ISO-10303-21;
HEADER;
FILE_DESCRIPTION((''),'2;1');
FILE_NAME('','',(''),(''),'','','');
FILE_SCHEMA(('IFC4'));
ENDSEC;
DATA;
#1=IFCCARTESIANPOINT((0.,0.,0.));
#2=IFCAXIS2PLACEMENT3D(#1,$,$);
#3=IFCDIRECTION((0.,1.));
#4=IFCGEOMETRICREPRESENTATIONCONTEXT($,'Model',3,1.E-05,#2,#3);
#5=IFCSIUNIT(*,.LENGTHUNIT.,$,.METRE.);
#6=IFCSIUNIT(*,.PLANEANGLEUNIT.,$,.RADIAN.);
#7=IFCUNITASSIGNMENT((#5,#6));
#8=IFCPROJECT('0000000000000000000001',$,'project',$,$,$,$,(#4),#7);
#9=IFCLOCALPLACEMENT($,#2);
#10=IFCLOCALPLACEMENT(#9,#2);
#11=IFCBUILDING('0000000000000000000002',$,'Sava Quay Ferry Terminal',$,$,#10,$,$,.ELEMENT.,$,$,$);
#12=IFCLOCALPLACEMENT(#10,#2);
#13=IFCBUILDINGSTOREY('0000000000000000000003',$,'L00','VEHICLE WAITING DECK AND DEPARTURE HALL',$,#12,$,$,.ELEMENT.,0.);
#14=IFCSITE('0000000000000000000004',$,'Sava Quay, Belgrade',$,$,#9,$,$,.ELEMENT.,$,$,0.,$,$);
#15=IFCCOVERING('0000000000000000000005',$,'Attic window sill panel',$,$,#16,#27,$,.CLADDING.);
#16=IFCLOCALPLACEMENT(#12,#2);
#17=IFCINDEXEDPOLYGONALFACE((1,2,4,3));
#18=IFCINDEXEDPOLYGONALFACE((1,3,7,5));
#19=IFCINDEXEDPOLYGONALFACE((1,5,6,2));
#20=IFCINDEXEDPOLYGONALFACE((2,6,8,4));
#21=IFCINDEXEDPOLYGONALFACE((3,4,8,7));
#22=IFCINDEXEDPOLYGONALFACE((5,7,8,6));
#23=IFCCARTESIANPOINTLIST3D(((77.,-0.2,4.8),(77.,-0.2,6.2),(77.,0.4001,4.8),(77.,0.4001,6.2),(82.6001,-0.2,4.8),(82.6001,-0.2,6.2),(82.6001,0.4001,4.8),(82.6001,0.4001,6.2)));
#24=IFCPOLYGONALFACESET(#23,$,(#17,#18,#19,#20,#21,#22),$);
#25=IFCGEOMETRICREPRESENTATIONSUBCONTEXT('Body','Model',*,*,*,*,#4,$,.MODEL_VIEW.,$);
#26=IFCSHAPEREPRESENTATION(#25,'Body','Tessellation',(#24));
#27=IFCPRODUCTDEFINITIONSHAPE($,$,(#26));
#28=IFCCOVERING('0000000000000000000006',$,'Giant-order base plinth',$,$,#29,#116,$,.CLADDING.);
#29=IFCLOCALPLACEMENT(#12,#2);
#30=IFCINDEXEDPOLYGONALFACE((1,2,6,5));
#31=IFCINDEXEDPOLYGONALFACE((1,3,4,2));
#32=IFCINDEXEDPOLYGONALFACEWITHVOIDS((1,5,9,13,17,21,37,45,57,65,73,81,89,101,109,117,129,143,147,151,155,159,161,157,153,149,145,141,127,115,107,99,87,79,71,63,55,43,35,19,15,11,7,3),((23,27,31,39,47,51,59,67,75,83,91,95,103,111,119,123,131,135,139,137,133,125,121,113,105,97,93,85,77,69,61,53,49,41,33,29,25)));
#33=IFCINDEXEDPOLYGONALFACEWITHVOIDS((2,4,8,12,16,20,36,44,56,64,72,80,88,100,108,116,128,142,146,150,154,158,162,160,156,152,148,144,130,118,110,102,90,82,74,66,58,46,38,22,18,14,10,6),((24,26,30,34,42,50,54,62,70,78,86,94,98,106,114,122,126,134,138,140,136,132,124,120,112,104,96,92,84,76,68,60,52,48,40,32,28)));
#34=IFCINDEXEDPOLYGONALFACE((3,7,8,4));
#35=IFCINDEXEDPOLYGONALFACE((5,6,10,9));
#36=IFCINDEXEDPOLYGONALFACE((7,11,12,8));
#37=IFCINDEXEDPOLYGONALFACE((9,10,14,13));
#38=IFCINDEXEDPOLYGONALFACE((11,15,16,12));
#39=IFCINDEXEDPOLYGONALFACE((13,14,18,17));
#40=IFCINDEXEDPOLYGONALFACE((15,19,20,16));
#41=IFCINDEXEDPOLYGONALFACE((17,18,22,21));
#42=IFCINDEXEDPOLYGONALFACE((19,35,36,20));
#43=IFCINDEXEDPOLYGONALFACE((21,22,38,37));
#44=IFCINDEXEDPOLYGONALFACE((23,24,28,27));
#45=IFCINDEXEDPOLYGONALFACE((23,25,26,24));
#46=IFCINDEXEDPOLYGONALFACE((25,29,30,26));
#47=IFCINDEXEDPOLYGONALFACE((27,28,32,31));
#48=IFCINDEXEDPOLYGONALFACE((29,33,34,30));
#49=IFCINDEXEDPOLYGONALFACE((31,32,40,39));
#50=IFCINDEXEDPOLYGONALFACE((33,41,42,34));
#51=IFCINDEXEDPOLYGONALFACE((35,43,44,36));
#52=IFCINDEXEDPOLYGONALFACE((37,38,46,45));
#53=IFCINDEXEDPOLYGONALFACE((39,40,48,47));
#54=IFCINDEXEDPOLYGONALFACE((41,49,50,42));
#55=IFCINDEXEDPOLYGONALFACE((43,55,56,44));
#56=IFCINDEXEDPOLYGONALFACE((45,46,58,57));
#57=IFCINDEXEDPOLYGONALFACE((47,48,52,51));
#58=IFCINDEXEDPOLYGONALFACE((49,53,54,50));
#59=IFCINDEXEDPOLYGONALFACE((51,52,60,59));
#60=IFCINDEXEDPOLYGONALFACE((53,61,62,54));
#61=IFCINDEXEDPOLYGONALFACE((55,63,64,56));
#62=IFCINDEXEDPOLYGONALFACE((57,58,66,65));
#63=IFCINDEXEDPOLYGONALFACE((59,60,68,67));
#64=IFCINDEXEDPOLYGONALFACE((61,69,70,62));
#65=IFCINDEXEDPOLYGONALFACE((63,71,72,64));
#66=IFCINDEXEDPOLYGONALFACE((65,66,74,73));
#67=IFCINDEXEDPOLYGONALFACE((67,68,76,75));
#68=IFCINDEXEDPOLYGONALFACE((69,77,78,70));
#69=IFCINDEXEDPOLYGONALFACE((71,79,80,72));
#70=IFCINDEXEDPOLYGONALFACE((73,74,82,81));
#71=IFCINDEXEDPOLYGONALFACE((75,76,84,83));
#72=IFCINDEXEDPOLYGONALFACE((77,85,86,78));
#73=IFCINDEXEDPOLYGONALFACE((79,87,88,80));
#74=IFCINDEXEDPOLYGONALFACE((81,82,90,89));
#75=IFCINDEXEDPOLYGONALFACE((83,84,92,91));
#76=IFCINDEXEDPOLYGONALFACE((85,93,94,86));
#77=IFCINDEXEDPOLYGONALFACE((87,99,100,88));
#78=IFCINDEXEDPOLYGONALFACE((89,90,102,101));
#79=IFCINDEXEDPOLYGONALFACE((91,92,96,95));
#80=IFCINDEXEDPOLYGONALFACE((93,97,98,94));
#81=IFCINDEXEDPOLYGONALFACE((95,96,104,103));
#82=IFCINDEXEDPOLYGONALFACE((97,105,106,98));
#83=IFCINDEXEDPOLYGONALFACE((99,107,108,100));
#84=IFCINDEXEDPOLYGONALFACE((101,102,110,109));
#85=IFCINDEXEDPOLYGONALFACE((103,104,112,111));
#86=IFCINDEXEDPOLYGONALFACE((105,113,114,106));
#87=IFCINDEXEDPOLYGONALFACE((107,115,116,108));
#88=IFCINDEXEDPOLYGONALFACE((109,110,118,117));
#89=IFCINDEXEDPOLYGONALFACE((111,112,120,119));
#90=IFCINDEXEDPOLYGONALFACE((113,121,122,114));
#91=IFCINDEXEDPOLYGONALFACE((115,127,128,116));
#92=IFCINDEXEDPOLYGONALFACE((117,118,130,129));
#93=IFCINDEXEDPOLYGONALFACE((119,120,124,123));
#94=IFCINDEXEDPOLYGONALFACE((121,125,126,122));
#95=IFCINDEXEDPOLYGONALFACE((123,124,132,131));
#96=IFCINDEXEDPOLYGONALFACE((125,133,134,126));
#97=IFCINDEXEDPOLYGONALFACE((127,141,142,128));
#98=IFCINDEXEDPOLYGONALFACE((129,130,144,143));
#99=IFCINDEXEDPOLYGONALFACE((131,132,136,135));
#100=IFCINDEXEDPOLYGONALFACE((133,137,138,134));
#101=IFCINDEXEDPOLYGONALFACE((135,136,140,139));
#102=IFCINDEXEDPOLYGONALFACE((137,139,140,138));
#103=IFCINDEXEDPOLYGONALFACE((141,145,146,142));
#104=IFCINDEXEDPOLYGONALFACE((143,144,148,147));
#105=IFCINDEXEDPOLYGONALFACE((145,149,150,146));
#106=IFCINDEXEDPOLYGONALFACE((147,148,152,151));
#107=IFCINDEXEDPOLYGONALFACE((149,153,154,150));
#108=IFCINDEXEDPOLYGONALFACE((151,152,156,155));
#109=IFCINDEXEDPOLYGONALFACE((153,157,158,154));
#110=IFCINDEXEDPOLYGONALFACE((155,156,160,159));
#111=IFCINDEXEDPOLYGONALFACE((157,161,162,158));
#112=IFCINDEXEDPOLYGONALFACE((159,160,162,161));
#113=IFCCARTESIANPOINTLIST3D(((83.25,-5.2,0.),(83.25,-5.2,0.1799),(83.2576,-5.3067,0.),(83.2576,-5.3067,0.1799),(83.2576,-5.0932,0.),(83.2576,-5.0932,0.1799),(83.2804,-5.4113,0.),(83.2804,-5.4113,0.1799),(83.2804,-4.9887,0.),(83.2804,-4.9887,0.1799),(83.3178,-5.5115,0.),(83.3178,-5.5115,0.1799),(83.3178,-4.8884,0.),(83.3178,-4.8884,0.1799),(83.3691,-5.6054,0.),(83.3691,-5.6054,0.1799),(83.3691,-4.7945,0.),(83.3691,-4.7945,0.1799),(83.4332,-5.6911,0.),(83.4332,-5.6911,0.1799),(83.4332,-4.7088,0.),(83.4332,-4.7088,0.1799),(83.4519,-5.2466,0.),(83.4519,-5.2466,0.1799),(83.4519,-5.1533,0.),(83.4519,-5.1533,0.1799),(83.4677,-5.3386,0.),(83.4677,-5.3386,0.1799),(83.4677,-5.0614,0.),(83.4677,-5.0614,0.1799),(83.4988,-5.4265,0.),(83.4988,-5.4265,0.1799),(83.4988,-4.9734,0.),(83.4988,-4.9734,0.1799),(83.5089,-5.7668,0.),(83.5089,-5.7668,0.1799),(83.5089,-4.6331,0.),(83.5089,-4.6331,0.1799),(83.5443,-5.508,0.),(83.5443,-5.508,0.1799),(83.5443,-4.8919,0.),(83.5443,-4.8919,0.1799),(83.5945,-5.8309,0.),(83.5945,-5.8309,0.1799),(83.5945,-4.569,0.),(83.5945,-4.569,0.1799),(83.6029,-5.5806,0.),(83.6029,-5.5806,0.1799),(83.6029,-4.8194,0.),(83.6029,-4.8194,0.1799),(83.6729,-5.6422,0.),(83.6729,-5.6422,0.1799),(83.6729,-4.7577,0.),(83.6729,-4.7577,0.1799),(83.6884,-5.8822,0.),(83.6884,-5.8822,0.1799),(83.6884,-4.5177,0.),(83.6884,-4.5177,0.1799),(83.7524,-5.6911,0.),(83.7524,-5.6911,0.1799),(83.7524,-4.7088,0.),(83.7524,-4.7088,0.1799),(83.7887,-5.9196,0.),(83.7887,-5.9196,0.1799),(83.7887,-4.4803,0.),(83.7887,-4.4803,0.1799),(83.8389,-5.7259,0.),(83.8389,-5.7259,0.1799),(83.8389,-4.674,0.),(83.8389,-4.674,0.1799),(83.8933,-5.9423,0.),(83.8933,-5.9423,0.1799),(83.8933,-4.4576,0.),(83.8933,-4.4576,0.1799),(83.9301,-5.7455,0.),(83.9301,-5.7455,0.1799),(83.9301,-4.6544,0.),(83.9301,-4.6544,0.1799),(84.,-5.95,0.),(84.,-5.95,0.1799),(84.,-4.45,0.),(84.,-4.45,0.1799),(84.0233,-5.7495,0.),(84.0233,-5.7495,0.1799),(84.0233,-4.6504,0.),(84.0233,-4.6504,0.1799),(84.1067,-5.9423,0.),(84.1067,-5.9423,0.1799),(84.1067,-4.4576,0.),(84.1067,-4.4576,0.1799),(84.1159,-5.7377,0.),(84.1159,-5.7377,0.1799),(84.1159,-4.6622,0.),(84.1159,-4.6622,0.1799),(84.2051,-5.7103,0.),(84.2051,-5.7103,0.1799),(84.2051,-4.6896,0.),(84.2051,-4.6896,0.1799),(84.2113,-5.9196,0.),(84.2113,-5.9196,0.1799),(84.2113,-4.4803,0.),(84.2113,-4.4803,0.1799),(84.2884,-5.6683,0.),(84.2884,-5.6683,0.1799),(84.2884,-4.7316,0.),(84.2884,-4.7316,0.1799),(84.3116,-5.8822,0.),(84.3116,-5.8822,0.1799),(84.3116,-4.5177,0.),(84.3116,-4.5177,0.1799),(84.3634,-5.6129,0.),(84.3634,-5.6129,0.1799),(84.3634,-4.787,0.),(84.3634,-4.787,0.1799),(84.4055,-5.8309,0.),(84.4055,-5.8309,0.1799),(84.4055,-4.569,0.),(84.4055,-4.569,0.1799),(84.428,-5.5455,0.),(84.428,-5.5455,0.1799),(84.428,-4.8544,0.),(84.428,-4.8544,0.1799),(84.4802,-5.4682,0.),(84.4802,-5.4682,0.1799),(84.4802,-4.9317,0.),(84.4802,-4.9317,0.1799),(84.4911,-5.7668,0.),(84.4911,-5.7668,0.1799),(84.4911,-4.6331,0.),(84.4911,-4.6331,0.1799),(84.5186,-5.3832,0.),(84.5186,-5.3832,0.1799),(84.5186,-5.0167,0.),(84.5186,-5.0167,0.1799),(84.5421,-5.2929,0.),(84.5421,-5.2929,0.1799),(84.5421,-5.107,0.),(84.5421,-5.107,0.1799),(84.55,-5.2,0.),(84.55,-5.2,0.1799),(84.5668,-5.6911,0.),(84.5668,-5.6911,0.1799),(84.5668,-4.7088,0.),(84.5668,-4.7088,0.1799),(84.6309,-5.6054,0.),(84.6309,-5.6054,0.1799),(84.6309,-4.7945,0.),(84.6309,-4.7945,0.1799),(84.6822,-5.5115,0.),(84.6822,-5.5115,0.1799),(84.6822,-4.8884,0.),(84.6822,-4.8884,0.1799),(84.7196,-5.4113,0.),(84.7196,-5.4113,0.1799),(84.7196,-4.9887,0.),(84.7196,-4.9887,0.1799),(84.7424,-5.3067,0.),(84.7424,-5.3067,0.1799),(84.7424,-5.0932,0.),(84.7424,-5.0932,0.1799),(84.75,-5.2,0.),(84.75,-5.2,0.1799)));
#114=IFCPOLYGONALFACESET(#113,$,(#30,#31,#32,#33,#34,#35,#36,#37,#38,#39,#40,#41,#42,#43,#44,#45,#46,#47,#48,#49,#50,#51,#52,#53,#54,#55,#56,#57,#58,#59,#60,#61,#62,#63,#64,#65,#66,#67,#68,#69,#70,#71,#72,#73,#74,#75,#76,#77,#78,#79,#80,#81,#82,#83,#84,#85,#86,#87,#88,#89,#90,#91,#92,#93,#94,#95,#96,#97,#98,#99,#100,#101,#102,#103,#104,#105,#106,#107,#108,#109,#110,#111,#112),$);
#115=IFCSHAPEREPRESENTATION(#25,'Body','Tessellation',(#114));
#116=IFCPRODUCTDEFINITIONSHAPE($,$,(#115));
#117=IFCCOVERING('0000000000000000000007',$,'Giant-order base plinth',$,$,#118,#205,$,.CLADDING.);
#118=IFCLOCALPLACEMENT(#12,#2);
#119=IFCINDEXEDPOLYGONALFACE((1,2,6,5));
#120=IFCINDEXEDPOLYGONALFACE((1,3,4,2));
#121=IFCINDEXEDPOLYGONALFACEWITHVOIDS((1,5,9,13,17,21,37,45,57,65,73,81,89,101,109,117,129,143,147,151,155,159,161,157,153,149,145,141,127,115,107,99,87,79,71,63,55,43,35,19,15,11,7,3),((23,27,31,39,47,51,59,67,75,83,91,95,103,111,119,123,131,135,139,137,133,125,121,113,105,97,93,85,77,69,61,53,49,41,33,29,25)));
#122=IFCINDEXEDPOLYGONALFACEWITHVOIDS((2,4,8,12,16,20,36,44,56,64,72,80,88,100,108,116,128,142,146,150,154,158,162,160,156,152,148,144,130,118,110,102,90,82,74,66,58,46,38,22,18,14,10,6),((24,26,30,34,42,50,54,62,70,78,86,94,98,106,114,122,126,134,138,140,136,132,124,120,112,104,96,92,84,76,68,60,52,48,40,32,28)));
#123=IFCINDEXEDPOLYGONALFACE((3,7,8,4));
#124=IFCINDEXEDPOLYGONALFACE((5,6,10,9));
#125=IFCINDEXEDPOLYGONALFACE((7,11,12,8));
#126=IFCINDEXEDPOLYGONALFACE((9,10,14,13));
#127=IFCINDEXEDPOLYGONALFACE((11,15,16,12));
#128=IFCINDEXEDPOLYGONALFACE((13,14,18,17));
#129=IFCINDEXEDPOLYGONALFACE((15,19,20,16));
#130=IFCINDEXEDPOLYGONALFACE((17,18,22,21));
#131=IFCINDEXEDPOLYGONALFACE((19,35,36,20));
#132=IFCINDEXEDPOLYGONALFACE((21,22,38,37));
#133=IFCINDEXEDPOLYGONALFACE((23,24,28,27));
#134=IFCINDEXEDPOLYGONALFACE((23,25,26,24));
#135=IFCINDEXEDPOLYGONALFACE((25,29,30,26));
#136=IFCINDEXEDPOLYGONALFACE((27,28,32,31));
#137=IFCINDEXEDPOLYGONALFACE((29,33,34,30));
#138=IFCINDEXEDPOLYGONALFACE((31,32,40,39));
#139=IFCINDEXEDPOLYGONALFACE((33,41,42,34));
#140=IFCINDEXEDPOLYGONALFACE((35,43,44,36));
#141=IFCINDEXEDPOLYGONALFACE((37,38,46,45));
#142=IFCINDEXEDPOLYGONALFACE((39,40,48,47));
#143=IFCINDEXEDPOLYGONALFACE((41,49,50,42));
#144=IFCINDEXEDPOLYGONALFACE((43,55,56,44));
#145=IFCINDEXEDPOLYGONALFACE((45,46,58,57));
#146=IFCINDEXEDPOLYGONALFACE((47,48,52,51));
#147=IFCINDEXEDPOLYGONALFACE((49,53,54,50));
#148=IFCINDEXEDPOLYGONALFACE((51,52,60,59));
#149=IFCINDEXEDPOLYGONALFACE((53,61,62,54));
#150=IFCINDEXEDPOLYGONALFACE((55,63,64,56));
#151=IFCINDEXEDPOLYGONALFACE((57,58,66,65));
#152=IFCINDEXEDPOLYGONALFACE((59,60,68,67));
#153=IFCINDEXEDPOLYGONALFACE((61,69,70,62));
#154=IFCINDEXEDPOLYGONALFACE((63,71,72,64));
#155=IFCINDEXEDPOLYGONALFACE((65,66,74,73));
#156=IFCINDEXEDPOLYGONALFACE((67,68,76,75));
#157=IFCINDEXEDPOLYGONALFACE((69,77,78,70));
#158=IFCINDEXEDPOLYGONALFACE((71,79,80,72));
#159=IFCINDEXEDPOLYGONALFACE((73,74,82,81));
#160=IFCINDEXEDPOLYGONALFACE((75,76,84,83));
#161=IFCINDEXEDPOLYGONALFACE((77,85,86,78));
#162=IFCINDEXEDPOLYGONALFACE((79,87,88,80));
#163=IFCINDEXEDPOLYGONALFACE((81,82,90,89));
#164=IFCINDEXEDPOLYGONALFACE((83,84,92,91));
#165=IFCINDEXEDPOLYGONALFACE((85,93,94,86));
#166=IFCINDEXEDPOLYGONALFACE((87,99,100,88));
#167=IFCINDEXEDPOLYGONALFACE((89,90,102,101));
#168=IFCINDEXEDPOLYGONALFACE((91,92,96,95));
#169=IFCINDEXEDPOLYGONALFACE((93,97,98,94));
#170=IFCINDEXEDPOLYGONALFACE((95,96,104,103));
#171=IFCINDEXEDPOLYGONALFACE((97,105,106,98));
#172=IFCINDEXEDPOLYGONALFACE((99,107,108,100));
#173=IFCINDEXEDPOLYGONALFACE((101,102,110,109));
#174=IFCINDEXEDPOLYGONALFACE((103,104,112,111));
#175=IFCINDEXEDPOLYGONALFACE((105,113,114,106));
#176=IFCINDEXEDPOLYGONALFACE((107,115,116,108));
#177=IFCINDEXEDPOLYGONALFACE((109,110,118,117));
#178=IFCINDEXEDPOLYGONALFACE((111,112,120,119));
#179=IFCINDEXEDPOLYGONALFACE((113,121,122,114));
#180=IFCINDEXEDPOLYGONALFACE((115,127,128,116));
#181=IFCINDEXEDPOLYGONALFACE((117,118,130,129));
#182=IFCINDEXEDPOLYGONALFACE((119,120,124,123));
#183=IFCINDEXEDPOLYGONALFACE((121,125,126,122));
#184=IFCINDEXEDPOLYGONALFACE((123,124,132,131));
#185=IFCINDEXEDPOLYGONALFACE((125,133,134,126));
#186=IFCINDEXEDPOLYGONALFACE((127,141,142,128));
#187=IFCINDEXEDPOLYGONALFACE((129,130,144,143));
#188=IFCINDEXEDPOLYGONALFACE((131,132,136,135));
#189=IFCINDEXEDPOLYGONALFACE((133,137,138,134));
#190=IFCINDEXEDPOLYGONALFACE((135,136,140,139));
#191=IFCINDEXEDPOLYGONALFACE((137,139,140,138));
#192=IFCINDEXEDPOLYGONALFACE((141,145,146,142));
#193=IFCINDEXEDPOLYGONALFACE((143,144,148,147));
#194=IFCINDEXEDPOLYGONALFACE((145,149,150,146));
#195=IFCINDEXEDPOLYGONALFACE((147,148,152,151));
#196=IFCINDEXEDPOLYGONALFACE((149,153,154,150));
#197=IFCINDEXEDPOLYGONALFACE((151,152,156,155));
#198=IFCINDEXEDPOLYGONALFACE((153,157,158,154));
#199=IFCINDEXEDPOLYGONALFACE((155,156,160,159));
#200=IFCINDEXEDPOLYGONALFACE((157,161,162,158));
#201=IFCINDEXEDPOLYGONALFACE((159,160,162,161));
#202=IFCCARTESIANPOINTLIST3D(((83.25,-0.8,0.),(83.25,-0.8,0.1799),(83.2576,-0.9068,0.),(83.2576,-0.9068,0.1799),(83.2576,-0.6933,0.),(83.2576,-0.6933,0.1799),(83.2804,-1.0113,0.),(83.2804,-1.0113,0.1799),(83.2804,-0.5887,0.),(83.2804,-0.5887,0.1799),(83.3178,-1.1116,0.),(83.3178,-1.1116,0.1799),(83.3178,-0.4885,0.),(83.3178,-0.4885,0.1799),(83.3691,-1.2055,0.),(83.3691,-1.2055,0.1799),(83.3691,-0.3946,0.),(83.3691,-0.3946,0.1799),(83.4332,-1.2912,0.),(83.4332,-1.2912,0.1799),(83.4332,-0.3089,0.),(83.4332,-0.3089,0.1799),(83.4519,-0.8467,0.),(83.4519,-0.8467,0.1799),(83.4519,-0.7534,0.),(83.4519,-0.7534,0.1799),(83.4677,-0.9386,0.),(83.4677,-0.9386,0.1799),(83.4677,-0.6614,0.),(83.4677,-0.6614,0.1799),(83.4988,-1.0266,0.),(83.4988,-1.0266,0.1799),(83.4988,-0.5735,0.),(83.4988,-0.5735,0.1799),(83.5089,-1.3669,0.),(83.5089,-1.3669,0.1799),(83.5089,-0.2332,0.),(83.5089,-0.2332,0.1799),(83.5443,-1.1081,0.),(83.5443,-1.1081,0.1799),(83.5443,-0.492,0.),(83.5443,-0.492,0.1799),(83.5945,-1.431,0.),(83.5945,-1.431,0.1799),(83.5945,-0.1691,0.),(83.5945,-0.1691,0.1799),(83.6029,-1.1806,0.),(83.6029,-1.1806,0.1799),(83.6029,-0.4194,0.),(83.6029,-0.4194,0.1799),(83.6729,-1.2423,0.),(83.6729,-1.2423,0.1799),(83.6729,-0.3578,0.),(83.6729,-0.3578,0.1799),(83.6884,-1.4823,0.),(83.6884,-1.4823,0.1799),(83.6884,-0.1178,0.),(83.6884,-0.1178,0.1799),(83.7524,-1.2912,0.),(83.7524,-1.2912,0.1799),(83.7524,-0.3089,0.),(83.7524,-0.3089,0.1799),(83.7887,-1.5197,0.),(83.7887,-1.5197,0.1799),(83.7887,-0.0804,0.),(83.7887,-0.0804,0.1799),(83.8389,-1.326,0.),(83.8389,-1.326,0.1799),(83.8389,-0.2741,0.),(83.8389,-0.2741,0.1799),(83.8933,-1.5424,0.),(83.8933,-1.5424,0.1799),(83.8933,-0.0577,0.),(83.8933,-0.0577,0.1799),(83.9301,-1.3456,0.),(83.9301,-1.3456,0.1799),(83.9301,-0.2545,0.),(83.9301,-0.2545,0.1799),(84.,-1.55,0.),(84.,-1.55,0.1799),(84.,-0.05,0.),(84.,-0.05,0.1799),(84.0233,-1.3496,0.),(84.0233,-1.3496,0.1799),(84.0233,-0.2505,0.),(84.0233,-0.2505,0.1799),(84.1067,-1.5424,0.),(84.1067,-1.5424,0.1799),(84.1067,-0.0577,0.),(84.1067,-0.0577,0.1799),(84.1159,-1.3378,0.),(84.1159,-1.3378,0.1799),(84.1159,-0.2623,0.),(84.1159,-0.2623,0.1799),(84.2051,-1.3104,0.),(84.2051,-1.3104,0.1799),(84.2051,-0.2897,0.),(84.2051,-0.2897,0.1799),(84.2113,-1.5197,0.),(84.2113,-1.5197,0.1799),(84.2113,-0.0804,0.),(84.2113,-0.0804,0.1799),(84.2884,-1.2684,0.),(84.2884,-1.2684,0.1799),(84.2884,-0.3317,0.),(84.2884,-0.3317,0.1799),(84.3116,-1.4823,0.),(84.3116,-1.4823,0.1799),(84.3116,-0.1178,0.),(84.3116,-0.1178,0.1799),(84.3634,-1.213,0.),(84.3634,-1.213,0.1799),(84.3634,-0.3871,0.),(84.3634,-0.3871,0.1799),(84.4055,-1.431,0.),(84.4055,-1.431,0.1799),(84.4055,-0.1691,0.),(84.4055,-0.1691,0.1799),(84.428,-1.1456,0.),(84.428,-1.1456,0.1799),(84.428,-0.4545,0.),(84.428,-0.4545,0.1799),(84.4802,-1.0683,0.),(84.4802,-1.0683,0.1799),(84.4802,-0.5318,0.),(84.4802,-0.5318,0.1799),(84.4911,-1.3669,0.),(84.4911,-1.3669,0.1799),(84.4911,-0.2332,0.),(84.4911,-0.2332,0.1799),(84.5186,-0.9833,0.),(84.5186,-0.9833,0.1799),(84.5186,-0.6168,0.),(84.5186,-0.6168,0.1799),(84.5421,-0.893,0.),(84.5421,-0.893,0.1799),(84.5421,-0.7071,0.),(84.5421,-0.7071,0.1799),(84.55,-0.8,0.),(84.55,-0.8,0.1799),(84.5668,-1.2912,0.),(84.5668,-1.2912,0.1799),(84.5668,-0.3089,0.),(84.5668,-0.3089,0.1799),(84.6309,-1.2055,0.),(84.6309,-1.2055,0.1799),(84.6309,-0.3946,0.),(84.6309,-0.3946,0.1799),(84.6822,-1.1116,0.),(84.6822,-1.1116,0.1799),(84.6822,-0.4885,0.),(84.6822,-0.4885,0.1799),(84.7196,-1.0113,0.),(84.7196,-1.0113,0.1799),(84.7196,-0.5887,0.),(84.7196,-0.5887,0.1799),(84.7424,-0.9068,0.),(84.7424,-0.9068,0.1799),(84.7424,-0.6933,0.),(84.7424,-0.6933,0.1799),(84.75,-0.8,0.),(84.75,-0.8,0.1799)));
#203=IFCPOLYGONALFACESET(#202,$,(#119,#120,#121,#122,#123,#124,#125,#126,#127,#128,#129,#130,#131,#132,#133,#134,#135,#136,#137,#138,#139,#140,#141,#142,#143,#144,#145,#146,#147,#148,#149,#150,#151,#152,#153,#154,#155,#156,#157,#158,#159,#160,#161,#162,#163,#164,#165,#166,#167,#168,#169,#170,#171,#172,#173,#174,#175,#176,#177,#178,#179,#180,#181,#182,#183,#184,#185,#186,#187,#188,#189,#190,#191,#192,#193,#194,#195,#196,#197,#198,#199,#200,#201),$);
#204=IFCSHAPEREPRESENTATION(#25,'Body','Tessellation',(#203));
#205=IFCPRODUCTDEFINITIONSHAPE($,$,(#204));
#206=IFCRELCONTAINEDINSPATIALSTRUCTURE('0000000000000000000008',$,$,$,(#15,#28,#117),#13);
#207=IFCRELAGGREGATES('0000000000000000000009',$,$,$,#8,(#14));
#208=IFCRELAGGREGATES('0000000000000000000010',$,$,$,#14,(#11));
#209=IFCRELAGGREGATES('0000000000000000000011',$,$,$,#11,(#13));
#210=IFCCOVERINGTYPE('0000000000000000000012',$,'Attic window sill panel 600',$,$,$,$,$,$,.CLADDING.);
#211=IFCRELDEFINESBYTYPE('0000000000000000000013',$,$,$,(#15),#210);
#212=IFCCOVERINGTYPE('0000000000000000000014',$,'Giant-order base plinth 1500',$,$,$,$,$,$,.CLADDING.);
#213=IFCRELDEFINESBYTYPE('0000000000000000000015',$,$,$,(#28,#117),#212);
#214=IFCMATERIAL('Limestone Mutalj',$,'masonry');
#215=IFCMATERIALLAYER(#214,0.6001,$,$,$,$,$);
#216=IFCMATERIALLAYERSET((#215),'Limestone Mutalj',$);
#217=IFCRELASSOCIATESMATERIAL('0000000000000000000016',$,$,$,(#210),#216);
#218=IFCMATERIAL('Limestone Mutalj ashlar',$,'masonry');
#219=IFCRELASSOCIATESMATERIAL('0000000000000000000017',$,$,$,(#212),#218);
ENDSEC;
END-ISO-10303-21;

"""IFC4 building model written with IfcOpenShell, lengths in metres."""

from ifc_helpers import new_model, si_unit, direction, frame, origin, origin_2d, place, context, subcontext, project, spatial, polyline, hollow_circle, outline, extrude, material, layer, layer_set, material_profile, profile_set, type_object, element, save


model = new_model("IFC4")

# Units and contexts
model_context = context("Model", 3, precision=1e-05, world=origin(), true_north=direction((0.0, 1.0)))
body_context = subcontext(model_context, "Body", "Model", "MODEL_VIEW")
ifc_project = project(units=[si_unit("LENGTHUNIT", "METRE"), si_unit("PLANEANGLEUNIT", "RADIAN")], contexts=[model_context])

# Site, building, storey
site_placement = place(None, origin())
site = spatial("IfcSite", under=ifc_project, at=site_placement, Name="Sava Quay, Belgrade", CompositionType="ELEMENT", RefElevation=0.0)
building_placement = place(site_placement, origin())
building = spatial("IfcBuilding", under=site, at=building_placement, Name="Sava Quay Ferry Terminal", CompositionType="ELEMENT")
storey_placement = place(building_placement, origin())
storey = spatial("IfcBuildingStorey", under=building, at=storey_placement, Name="L00", Description="VEHICLE WAITING DECK AND DEPARTURE HALL", CompositionType="ELEMENT", Elevation=0.0)

# Coverings
ifc_material_1 = material(Name="Limestone Mutalj", Category="masonry")
ifc_layer_1 = layer(ifc_material_1, 0.6001)
ifc_layer_set_1 = layer_set([ifc_layer_1], Name="Limestone Mutalj")
covering_type_1 = type_object("IfcCoveringType", Name="Attic window sill panel 600", PredefinedType="CLADDING", material=ifc_layer_set_1)
covering_1_placement = place(storey_placement, frame((77.0, -0.2, 4.8), z_axis=(0.0, -1.0, 0.0), x_axis=(1.0, 0.0, 0.0)))
element("IfcCovering", 1, at=covering_1_placement, inside=storey, type_object=covering_type_1, Name="Attic window sill panel", PredefinedType="CLADDING", context=body_context, shape_type="SweptSolid", body=[
    extrude(outline(polyline([(0.0, 0.0), (5.6001, 0.0), (5.6001, 1.3999), (0.0, 1.3999), (0.0, 0.0)])), origin(), (0.0, 0.0, -1.0), 0.6001),
])
ifc_material_2 = material(Name="Limestone Mutalj ashlar", Category="masonry")
ifc_material_profile_1 = material_profile(ifc_material_2, hollow_circle(Radius=0.75, WallThickness=0.2, at=origin_2d()), Name="Base plinth 1500")
ifc_profile_set_1 = profile_set([ifc_material_profile_1], Name="Limestone Mutalj ashlar")
covering_type_2 = type_object("IfcCoveringType", Name="Giant-order base plinth 1500", PredefinedType="CLADDING", material=ifc_profile_set_1)
for number, where, z_axis, x_axis, name in (
    (2, (84.0, -5.2, 0.0), (0.0, 0.0, 1.0), (1.0, 0.0, 0.0), "Giant-order base plinth"),
    (3, (84.0, -0.8, 0.0), (0.0, 0.0, 1.0), (1.0, 0.0, 0.0), "Giant-order base plinth"),
):
    element("IfcCovering", number, at=place(storey_placement, frame(where, z_axis=z_axis, x_axis=x_axis)), inside=storey, type_object=covering_type_2, Name=name, PredefinedType="CLADDING", context=body_context, shape_type="SweptSolid", body=[
        extrude(hollow_circle(Radius=0.75, WallThickness=0.2, at=origin_2d()), origin(), (0.0, 0.0, 1.0), 0.1799),
    ])

save(model, "model.ifc")
